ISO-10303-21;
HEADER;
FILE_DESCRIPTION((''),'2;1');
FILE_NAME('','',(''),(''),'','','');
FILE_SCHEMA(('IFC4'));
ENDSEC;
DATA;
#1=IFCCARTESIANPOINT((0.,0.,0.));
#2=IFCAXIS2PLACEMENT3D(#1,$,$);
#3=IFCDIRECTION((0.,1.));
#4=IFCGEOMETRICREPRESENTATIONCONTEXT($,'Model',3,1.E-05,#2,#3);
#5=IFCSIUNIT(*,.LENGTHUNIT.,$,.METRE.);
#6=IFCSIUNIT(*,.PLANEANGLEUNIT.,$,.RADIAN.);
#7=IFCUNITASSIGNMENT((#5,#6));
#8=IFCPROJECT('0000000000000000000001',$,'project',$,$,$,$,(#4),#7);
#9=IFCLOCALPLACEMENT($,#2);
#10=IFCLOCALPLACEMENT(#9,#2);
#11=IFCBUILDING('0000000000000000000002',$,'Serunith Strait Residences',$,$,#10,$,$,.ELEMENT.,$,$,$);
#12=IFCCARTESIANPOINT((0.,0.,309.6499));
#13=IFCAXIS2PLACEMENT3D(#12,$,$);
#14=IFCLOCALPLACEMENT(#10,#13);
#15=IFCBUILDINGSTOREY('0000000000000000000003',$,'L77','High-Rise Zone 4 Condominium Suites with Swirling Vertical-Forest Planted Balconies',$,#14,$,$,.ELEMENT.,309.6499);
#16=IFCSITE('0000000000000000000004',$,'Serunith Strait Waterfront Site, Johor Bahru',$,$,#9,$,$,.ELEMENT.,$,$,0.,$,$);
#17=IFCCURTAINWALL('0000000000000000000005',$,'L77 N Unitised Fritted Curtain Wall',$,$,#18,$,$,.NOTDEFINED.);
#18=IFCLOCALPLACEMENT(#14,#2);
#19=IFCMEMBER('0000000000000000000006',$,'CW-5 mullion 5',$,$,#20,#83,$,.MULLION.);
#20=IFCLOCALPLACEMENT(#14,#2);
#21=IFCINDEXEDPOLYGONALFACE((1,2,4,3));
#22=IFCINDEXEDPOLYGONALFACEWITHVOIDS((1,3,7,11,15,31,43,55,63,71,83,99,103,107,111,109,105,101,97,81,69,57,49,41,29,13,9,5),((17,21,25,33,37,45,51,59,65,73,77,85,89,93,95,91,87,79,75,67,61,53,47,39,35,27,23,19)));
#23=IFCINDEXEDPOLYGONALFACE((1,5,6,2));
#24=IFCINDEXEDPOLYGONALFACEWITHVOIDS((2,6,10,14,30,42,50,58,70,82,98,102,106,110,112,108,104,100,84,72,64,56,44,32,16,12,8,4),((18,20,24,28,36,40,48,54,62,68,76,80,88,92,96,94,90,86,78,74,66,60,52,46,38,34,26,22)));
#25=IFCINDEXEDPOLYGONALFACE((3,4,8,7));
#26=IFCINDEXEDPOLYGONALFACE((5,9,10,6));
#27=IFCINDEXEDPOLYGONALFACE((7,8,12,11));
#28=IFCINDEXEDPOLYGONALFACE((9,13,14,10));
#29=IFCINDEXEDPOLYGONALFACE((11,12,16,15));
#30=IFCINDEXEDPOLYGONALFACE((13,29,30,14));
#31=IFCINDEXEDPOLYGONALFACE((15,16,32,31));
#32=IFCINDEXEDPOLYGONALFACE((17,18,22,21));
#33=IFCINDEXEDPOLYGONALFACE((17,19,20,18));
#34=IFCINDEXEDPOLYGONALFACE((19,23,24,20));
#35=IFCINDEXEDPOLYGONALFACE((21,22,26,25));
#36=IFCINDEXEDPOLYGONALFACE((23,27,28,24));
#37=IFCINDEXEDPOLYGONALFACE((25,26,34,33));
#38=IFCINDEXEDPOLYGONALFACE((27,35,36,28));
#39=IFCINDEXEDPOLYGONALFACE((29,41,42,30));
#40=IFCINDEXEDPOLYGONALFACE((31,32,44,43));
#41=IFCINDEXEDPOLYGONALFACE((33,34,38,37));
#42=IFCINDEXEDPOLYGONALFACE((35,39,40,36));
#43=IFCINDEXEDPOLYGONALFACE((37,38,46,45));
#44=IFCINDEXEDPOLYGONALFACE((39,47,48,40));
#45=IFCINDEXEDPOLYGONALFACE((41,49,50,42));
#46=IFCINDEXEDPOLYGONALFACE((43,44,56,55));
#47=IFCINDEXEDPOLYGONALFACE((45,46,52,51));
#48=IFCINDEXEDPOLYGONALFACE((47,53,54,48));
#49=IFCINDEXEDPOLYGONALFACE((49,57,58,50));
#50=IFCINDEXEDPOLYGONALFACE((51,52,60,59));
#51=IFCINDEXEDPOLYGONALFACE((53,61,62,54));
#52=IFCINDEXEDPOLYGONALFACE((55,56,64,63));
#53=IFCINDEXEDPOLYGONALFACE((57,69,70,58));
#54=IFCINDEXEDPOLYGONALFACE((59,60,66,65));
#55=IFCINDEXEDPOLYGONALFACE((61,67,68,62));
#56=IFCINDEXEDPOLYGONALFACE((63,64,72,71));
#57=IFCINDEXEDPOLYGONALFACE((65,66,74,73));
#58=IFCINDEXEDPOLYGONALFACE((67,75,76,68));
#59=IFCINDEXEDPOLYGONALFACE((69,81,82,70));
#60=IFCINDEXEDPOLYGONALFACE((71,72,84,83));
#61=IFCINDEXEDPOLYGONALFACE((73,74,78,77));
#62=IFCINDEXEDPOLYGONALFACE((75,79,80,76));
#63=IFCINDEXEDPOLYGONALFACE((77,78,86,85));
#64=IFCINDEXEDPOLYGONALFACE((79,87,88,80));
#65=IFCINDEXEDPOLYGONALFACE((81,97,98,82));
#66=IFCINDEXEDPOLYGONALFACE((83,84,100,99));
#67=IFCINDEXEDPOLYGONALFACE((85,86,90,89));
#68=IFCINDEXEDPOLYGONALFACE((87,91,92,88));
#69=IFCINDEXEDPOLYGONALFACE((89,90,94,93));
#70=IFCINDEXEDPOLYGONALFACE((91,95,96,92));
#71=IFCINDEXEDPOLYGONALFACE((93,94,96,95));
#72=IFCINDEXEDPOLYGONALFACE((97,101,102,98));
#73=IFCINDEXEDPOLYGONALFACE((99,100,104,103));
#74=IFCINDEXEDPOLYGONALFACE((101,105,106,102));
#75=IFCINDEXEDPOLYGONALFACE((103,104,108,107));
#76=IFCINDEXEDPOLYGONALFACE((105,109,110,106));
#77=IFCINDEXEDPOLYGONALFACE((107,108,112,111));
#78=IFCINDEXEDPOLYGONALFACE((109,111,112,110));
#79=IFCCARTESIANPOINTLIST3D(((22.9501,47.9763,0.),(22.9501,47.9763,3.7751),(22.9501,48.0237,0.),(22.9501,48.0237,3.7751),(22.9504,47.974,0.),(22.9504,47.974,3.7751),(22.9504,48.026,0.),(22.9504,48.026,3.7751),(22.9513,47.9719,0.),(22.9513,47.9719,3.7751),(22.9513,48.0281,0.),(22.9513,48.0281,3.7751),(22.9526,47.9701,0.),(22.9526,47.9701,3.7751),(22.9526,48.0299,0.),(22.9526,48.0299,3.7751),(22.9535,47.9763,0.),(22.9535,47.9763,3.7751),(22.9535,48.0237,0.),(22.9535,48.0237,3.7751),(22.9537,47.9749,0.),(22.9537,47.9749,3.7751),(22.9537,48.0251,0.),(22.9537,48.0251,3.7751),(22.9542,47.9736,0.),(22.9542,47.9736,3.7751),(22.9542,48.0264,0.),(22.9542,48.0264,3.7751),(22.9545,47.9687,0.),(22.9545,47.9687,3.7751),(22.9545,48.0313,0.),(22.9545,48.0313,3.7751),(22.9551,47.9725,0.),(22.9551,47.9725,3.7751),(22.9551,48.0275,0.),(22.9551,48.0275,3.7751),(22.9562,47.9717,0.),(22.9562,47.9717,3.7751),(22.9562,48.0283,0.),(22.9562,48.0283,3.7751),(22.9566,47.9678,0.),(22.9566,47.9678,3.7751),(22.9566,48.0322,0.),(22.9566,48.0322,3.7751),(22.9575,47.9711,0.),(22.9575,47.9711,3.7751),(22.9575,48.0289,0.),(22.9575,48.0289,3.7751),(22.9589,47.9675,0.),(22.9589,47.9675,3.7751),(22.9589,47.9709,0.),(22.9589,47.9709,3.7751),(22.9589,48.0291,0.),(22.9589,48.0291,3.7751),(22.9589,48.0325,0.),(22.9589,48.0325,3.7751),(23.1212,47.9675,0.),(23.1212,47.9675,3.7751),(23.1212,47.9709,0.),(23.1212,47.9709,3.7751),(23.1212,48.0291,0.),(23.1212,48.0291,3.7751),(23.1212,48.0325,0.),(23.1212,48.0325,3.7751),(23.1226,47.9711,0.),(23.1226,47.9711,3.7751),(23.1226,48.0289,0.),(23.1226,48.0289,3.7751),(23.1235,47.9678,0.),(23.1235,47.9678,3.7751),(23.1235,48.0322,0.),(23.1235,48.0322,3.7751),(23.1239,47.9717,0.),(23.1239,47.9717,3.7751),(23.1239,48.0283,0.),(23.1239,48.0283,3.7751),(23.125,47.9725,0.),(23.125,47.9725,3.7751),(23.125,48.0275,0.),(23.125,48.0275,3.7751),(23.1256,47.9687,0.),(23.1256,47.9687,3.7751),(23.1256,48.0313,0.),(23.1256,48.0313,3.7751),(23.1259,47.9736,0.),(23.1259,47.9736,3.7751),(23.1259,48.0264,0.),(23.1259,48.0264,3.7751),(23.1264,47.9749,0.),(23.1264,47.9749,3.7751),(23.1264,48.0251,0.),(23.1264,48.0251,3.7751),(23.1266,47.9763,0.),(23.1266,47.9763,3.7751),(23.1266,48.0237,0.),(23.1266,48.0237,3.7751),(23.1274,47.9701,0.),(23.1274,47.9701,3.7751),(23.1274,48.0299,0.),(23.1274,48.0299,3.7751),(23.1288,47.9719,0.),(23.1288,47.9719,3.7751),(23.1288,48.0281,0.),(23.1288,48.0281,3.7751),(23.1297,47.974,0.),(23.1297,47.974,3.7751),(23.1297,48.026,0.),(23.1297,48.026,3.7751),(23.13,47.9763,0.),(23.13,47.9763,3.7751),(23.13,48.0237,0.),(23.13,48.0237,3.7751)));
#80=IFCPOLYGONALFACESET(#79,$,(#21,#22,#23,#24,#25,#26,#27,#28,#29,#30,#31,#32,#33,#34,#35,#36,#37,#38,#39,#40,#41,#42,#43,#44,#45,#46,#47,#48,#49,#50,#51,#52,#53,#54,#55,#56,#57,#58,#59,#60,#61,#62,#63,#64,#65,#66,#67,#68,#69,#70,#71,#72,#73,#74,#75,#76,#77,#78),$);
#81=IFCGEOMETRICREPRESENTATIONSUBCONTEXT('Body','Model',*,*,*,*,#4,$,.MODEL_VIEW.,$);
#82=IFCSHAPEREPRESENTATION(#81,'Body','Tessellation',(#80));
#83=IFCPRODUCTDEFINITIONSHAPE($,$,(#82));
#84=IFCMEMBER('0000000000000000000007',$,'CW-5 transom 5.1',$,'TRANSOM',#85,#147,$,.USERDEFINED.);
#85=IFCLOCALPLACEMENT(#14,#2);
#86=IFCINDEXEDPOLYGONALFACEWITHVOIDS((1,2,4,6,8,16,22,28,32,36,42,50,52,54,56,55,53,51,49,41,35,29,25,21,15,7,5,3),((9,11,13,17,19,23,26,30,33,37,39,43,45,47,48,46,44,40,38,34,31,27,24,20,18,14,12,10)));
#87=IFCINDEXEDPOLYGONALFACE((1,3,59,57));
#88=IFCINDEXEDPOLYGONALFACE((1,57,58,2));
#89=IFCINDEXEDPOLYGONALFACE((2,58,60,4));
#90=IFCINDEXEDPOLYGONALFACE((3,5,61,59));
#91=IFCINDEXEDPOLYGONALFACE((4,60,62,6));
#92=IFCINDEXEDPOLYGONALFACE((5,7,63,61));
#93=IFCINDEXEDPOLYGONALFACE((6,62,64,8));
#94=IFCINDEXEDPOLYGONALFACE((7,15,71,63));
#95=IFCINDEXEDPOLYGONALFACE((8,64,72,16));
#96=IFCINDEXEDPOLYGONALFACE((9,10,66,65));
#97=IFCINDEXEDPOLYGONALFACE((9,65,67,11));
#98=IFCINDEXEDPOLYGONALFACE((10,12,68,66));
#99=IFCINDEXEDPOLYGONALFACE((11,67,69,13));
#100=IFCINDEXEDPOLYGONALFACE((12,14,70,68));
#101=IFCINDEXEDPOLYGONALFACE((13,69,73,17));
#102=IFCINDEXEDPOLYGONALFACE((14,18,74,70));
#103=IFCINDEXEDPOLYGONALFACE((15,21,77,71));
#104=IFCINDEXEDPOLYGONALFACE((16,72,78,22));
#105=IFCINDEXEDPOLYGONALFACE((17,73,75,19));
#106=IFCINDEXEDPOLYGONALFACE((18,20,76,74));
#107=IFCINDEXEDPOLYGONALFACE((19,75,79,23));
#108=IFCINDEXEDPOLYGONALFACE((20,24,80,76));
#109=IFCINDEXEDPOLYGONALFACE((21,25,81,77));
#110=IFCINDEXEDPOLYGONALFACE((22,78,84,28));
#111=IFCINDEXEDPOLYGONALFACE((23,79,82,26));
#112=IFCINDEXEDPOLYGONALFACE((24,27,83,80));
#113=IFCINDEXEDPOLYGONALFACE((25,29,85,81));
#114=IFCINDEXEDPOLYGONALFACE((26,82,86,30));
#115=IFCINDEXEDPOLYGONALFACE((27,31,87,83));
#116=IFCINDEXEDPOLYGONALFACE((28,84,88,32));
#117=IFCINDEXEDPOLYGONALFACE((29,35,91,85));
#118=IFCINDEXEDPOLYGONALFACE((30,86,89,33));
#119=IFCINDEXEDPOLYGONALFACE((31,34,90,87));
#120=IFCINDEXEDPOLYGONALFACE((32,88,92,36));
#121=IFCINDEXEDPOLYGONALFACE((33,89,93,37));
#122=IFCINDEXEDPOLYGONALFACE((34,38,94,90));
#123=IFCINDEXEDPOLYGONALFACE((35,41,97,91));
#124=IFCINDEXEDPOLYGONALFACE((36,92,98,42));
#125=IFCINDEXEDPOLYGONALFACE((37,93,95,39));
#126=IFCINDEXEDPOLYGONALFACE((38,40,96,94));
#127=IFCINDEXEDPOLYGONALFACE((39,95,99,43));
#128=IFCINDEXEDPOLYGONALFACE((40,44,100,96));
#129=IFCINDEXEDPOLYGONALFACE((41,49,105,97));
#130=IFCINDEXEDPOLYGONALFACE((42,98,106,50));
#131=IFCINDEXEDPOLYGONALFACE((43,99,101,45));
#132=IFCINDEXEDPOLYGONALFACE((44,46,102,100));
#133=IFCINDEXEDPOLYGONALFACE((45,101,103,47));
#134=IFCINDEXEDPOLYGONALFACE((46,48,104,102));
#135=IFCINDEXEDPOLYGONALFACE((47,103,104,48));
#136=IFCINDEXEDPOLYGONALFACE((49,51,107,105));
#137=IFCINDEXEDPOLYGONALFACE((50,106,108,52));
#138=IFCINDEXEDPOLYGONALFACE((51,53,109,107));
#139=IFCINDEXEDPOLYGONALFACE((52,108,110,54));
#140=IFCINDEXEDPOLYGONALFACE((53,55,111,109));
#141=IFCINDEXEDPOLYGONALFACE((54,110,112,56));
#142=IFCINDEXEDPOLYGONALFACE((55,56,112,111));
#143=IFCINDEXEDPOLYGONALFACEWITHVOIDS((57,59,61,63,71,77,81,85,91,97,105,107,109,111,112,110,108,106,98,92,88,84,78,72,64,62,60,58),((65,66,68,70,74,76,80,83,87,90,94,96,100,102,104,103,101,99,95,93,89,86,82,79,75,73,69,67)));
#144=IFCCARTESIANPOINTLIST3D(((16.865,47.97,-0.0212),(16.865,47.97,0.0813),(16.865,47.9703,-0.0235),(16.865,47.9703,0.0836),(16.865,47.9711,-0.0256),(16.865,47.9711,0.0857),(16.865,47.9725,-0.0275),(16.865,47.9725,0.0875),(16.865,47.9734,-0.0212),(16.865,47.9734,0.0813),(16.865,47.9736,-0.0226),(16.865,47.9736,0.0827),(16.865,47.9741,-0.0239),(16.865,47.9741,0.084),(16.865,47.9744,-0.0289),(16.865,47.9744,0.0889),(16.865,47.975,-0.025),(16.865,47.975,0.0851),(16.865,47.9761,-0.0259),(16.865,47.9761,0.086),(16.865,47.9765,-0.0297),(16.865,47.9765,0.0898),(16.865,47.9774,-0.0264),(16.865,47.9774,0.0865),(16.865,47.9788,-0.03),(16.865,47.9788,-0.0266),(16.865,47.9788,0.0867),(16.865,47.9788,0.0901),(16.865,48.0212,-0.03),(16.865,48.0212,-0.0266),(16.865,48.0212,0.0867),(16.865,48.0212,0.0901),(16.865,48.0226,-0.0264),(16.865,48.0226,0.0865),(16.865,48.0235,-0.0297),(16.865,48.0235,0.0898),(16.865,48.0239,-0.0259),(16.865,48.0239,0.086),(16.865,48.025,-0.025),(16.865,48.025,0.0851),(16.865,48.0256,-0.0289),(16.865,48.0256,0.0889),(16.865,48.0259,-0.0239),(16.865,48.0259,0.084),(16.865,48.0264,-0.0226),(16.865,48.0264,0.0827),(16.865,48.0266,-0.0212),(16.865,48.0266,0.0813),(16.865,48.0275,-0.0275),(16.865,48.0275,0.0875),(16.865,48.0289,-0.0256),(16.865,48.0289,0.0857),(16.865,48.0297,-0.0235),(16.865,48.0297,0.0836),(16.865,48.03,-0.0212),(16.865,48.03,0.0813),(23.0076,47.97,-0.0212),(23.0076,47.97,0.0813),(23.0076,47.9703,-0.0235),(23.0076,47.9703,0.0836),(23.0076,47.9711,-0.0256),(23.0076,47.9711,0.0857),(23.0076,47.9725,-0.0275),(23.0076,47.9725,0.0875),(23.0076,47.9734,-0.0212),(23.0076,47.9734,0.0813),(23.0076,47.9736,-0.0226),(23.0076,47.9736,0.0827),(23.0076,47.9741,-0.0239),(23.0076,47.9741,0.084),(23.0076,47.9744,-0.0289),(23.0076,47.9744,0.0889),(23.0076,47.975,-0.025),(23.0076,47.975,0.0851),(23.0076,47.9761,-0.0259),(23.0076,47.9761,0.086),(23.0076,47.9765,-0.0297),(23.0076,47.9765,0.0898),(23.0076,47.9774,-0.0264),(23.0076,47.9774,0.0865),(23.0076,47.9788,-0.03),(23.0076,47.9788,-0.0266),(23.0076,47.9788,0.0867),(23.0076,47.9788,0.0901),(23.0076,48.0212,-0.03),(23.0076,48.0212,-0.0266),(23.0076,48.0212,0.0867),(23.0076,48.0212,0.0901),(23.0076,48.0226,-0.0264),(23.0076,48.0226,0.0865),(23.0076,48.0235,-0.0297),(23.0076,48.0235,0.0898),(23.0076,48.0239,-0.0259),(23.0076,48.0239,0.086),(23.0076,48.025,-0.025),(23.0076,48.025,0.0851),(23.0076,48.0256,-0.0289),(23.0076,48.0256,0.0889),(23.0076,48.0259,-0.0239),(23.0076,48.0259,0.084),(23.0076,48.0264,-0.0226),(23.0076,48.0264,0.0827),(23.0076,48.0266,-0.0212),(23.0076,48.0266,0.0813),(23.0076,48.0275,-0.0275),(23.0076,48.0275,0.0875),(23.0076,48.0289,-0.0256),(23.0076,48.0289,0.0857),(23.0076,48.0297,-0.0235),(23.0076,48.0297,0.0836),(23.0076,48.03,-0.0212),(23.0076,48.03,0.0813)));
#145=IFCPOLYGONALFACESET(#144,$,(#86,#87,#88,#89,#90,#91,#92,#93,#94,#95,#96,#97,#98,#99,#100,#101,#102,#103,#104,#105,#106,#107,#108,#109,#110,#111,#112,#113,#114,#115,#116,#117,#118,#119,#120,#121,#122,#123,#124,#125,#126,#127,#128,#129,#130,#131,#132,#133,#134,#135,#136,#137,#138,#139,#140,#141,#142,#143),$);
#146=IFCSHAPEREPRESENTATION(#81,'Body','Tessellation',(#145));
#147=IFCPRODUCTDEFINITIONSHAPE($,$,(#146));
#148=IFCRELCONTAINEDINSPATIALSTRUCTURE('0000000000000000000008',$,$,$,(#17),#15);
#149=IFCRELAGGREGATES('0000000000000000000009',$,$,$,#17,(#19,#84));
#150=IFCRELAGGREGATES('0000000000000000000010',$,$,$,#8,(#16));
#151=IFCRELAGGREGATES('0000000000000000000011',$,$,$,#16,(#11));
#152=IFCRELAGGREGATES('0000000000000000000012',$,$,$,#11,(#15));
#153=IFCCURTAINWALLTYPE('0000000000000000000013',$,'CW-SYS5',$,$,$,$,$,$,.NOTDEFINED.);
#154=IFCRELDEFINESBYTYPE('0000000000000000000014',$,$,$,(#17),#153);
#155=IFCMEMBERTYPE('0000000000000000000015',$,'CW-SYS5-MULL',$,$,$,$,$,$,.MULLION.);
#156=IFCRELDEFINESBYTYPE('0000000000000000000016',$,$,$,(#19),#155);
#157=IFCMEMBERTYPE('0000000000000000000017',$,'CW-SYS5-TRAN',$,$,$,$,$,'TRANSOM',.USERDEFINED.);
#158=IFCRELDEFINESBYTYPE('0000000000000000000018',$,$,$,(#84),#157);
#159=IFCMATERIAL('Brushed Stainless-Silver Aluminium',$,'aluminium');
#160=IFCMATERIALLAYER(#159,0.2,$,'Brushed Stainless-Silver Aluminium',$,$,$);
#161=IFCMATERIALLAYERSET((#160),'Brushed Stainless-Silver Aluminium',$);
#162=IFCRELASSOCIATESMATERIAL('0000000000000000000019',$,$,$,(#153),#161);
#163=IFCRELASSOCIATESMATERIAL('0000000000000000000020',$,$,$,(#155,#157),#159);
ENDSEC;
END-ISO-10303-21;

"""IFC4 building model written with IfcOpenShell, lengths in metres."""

from ifc_helpers import new_model, si_unit, direction, frame, origin, origin_2d, place, context, subcontext, project, spatial, hollow_rectangle, extrude, source, transform, mapped, material, layer, layer_set, material_profile, profile_set, type_object, element, aggregate, save


model = new_model("IFC4")

# Units and contexts
model_context = context("Model", 3, precision=1e-05, world=origin(), true_north=direction((0.0, 1.0)))
body_context = subcontext(model_context, "Body", "Model", "MODEL_VIEW")
ifc_project = project(units=[si_unit("LENGTHUNIT", "METRE"), si_unit("PLANEANGLEUNIT", "RADIAN")], contexts=[model_context])

# Site, building, storey
site_placement = place(None, origin())
site = spatial("IfcSite", under=ifc_project, at=site_placement, Name="Serunith Strait Waterfront Site, Johor Bahru", CompositionType="ELEMENT", RefElevation=0.0)
building_placement = place(site_placement, origin())
building = spatial("IfcBuilding", under=site, at=building_placement, Name="Serunith Strait Residences", CompositionType="ELEMENT")
storey_placement = place(building_placement, frame((0.0, 0.0, 309.6499)))
storey = spatial("IfcBuildingStorey", under=building, at=storey_placement, Name="L77", Description="High-Rise Zone 4 Condominium Suites with Swirling Vertical-Forest Planted Balconies", CompositionType="ELEMENT", Elevation=309.6499)

# Curtain wall, members
ifc_material_1 = material(Name="Brushed Stainless-Silver Aluminium", Category="aluminium")
ifc_layer_1 = layer(ifc_material_1, 0.2, Name="Brushed Stainless-Silver Aluminium")
ifc_layer_set_1 = layer_set([ifc_layer_1], Name="Brushed Stainless-Silver Aluminium")
curtain_wall_type = type_object("IfcCurtainWallType", Name="CW-SYS5", PredefinedType="NOTDEFINED", material=ifc_layer_set_1)
curtain_wall_placement = place(storey_placement, origin())
curtain_wall = element("IfcCurtainWall", 1, at=curtain_wall_placement, inside=storey, type_object=curtain_wall_type, Name="L77 N Unitised Fritted Curtain Wall", PredefinedType="NOTDEFINED")
ifc_material_profile_1 = material_profile(ifc_material_1, hollow_rectangle(XDim=0.0649, YDim=0.1799, WallThickness=0.0034, InnerFilletRadius=0.0054, OuterFilletRadius=0.0088, at=origin_2d()), Name="ALU 180x65x3.5")
ifc_profile_set_1 = profile_set([ifc_material_profile_1], Name="Brushed Stainless-Silver Aluminium")
member_type_1 = type_object("IfcMemberType", Name="CW-SYS5-MULL", PredefinedType="MULLION", material=ifc_profile_set_1)
shared_shape_1 = source(origin(), body_context, "Body", "SweptSolid", [
    extrude(hollow_rectangle(XDim=0.0649, YDim=0.1799, WallThickness=0.0034, InnerFilletRadius=0.0054, OuterFilletRadius=0.0088, at=origin_2d()), origin(), (0.0, 0.0, 1.0), 3.7751),
])
member_1_placement = place(storey_placement, frame((23.04, 48.0, 0.0), z_axis=(0.0, 0.0, 1.0), x_axis=(0.0, -1.0, 0.0)))
member_1 = element("IfcMember", 2, at=member_1_placement, type_object=member_type_1, Name="CW-5 mullion 5", PredefinedType="MULLION", context=body_context, shape_type="MappedRepresentation", body=[
    mapped(shared_shape_1, transform((0.0, 0.0, 0.0), scale=1.0)),
])
ifc_material_profile_2 = material_profile(ifc_material_1, hollow_rectangle(XDim=0.0601, YDim=0.1201, WallThickness=0.0034, InnerFilletRadius=0.0054, OuterFilletRadius=0.0088, at=origin_2d()), Name="ALU 120x60x3.5")
ifc_profile_set_2 = profile_set([ifc_material_profile_2], Name="Brushed Stainless-Silver Aluminium")
member_type_2 = type_object("IfcMemberType", Name="CW-SYS5-TRAN", ElementType="TRANSOM", PredefinedType="USERDEFINED", material=ifc_profile_set_2)
shared_shape_2 = source(origin(), body_context, "Body", "SweptSolid", [
    extrude(hollow_rectangle(XDim=0.0601, YDim=0.1201, WallThickness=0.0034, InnerFilletRadius=0.0054, OuterFilletRadius=0.0088, at=origin_2d()), origin(), (0.0, 0.0, 1.0), 6.1426),
])
member_2_placement = place(storey_placement, frame((23.0076, 48.0, 0.03), z_axis=(-1.0, 0.0, 0.0), x_axis=(0.0, -1.0, 0.0)))
member_2 = element("IfcMember", 3, at=member_2_placement, type_object=member_type_2, Name="CW-5 transom 5.1", ObjectType="TRANSOM", PredefinedType="USERDEFINED", context=body_context, shape_type="MappedRepresentation", body=[
    mapped(shared_shape_2, transform((0.0, 0.0, 0.0), scale=1.0)),
])
aggregate(curtain_wall, [member_1, member_2])

save(model, "model.ifc")
